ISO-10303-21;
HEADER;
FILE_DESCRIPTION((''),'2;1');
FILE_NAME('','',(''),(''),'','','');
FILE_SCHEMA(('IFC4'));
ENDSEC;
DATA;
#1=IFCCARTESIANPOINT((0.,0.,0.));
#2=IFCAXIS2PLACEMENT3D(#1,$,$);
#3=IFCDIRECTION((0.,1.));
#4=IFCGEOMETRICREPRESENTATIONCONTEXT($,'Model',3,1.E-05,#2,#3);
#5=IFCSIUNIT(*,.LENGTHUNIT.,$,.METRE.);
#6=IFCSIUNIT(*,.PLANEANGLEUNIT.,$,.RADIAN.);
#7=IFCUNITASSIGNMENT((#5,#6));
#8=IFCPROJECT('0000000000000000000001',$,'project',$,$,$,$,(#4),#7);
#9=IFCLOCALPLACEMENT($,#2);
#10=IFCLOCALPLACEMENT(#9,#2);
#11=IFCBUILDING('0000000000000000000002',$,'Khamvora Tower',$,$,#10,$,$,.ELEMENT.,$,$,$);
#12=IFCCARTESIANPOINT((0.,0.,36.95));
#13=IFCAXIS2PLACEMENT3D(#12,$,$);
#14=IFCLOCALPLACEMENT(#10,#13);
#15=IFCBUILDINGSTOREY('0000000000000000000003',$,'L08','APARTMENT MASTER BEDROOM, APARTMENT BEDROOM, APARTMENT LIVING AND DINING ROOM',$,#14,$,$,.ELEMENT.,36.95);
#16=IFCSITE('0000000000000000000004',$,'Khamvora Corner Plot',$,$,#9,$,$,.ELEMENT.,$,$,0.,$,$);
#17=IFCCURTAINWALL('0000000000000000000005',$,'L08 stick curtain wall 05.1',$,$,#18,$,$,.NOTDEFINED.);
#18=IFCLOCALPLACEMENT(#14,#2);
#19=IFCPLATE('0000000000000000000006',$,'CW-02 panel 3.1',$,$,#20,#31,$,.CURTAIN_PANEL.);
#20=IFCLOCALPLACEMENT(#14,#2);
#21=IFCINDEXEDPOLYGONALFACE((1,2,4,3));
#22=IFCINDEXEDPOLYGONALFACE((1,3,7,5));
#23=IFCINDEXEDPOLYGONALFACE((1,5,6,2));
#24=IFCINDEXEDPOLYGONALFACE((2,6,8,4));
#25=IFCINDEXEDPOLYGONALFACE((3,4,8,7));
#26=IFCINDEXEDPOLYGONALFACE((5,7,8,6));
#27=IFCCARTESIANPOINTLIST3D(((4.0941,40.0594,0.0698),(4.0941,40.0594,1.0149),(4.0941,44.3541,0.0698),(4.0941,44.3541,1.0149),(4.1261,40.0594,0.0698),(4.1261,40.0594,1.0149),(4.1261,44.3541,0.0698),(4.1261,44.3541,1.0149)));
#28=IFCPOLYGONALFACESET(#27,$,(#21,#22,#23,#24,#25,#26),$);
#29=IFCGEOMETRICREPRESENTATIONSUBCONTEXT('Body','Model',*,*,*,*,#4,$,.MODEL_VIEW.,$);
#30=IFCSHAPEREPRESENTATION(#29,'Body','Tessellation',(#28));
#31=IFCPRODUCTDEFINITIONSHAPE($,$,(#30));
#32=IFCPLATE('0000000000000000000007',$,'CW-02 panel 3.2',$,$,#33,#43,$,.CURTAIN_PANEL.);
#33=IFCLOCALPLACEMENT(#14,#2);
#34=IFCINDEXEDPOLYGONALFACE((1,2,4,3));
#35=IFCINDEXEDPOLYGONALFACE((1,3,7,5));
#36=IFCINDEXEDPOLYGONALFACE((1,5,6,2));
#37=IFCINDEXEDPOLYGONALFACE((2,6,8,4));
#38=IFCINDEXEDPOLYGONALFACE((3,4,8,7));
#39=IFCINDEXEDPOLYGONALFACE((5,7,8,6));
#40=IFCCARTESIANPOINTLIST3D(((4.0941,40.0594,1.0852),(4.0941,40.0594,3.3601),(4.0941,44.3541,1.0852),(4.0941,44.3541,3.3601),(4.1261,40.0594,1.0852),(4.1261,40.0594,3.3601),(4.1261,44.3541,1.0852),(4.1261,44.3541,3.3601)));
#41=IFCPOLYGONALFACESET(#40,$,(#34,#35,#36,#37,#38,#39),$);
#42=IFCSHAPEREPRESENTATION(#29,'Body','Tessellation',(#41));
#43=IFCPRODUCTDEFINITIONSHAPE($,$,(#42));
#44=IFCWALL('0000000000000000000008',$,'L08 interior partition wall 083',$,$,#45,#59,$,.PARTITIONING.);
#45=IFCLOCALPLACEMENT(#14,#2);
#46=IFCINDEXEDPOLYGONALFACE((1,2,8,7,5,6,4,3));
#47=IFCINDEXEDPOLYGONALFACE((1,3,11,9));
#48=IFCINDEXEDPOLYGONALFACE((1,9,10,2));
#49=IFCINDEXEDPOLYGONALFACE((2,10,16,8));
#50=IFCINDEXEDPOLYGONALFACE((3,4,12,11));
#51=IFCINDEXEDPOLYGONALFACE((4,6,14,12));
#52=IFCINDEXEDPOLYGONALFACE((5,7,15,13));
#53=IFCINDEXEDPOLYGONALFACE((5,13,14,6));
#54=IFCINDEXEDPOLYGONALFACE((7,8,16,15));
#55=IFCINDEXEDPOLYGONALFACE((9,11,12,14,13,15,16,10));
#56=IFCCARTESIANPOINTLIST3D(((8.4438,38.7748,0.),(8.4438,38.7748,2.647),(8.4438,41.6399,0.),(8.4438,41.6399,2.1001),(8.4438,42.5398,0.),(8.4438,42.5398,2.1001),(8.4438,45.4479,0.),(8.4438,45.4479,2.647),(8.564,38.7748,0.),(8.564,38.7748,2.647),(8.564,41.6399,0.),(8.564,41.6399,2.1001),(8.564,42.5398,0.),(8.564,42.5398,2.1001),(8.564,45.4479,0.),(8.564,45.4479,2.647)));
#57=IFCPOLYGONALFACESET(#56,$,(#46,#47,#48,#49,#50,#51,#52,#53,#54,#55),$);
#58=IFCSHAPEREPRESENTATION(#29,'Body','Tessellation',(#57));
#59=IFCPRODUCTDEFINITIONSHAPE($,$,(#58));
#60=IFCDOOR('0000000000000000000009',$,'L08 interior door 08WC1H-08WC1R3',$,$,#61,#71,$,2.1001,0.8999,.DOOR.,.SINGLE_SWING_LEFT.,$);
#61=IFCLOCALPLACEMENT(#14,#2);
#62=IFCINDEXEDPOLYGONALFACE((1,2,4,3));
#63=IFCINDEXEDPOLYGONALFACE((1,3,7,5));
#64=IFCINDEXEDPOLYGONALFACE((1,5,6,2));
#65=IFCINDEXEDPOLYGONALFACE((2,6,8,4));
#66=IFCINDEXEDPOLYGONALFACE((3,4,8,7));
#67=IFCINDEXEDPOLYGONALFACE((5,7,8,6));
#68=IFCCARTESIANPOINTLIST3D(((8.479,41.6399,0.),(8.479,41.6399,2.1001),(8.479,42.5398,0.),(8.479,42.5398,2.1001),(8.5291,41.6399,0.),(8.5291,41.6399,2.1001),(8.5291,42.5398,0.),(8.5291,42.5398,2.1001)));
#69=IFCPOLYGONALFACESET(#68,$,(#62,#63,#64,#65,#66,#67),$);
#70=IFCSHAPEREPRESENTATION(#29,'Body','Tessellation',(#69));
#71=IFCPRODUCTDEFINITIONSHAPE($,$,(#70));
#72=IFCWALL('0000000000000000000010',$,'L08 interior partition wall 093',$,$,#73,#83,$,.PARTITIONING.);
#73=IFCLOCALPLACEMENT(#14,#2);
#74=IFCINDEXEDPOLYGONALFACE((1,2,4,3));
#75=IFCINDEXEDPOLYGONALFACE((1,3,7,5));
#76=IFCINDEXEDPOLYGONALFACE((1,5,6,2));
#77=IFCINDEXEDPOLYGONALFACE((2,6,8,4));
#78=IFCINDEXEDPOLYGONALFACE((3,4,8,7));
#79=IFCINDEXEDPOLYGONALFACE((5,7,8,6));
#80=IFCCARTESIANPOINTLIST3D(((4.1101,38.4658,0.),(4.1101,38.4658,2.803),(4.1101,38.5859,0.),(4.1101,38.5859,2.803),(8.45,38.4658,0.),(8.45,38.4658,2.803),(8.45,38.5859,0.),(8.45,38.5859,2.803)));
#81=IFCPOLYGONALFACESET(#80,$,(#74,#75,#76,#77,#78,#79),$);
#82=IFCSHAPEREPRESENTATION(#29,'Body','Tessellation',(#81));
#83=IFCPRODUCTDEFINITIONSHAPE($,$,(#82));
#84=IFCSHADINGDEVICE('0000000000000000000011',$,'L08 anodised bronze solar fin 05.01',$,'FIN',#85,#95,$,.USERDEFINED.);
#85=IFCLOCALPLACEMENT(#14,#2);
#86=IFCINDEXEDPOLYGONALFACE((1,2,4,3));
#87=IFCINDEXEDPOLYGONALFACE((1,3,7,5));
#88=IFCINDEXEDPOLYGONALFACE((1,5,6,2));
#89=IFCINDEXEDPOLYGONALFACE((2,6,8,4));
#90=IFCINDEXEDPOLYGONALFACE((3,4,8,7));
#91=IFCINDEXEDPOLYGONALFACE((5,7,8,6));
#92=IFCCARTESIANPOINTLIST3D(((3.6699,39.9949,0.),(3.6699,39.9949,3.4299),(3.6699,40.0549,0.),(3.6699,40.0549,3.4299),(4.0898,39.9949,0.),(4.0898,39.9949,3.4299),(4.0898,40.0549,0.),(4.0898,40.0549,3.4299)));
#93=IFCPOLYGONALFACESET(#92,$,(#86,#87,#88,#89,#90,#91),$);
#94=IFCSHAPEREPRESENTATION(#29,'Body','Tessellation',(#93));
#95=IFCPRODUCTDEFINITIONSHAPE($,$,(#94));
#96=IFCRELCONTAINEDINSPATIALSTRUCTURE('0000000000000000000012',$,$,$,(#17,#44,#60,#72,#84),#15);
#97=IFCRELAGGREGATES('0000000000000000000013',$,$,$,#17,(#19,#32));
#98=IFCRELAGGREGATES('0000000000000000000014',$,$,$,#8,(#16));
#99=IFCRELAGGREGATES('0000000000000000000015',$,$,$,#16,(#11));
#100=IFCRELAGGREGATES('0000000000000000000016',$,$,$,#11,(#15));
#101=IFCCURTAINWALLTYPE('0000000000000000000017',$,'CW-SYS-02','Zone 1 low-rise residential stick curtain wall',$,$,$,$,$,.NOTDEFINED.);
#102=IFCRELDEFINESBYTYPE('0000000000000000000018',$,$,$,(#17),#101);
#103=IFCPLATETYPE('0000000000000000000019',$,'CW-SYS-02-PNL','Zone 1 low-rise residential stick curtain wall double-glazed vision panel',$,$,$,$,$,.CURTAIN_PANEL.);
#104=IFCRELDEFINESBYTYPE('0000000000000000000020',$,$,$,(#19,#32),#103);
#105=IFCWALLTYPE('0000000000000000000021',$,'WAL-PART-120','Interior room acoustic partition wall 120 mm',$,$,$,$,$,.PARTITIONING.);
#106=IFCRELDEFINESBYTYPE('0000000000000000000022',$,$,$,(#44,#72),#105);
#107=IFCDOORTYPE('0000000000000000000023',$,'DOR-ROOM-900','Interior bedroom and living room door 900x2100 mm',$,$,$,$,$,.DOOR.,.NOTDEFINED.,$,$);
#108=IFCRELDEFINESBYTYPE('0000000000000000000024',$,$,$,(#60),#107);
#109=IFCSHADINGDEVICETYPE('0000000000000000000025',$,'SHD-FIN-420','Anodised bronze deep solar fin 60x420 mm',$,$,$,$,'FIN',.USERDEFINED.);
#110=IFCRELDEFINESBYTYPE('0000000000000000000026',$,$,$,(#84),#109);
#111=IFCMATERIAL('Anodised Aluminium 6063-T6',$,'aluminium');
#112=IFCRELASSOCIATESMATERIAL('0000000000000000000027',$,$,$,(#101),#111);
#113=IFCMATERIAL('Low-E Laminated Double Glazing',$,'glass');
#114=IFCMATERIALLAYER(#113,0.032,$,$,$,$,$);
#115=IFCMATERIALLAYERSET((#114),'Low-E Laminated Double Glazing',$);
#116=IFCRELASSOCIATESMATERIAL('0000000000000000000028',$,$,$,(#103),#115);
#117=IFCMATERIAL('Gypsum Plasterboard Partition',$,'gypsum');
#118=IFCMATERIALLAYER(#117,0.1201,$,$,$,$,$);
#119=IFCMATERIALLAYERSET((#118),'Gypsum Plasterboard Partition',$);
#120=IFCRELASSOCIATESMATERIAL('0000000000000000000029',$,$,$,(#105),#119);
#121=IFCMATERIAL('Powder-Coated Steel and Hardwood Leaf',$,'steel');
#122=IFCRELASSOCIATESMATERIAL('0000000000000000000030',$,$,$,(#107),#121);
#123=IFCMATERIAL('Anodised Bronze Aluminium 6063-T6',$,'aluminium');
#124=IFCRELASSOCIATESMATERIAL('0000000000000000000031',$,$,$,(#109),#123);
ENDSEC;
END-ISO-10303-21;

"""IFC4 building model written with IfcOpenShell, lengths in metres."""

from ifc_helpers import new_model, si_unit, direction, frame, frame_2d, origin, origin_2d, place, context, subcontext, project, spatial, rectangle, extrude, material, layer, layer_set, type_object, element, fill, aggregate, save


model = new_model("IFC4")

# Units and contexts
model_context = context("Model", 3, precision=1e-05, world=origin(), true_north=direction((0.0, 1.0)))
body_context = subcontext(model_context, "Body", "Model", "MODEL_VIEW")
ifc_project = project(units=[si_unit("LENGTHUNIT", "METRE"), si_unit("PLANEANGLEUNIT", "RADIAN")], contexts=[model_context])

# Site, building, storey
site_placement = place(None, origin())
site = spatial("IfcSite", under=ifc_project, at=site_placement, Name="Khamvora Corner Plot", CompositionType="ELEMENT", RefElevation=0.0)
building_placement = place(site_placement, origin())
building = spatial("IfcBuilding", under=site, at=building_placement, Name="Khamvora Tower", CompositionType="ELEMENT")
storey_placement = place(building_placement, frame((0.0, 0.0, 36.95)))
storey = spatial("IfcBuildingStorey", under=building, at=storey_placement, Name="L08", Description="APARTMENT MASTER BEDROOM, APARTMENT BEDROOM, APARTMENT LIVING AND DINING ROOM", CompositionType="ELEMENT", Elevation=36.95)

# Curtain wall, plates
ifc_material_1 = material(Name="Anodised Aluminium 6063-T6", Category="aluminium")
curtain_wall_type = type_object("IfcCurtainWallType", Name="CW-SYS-02", Description="Zone 1 low-rise residential stick curtain wall", PredefinedType="NOTDEFINED", material=ifc_material_1)
curtain_wall_placement = place(storey_placement, origin())
curtain_wall = element("IfcCurtainWall", 1, at=curtain_wall_placement, inside=storey, type_object=curtain_wall_type, Name="L08 stick curtain wall 05.1", PredefinedType="NOTDEFINED")
ifc_material_2 = material(Name="Low-E Laminated Double Glazing", Category="glass")
ifc_layer_1 = layer(ifc_material_2, 0.032)
ifc_layer_set_1 = layer_set([ifc_layer_1], Name="Low-E Laminated Double Glazing")
plate_type = type_object("IfcPlateType", Name="CW-SYS-02-PNL", Description="Zone 1 low-rise residential stick curtain wall double-glazed vision panel", PredefinedType="CURTAIN_PANEL", material=ifc_layer_set_1)
plate_1_placement = place(storey_placement, frame((4.1101, 42.2068, 0.0698), z_axis=(0.0, 0.0, 1.0), x_axis=(0.0, 1.0, 0.0)))
plate_1 = element("IfcPlate", 2, at=plate_1_placement, type_object=plate_type, Name="CW-02 panel 3.1", PredefinedType="CURTAIN_PANEL", context=body_context, shape_type="SweptSolid", body=[
    extrude(rectangle(XDim=4.2947, YDim=0.032, at=origin_2d()), origin(), (0.0, 0.0, 1.0), 0.9451),
])
plate_2_placement = place(storey_placement, frame((4.1101, 42.2068, 1.0852), z_axis=(0.0, 0.0, 1.0), x_axis=(0.0, 1.0, 0.0)))
plate_2 = element("IfcPlate", 3, at=plate_2_placement, type_object=plate_type, Name="CW-02 panel 3.2", PredefinedType="CURTAIN_PANEL", context=body_context, shape_type="SweptSolid", body=[
    extrude(rectangle(XDim=4.2947, YDim=0.032, at=origin_2d()), origin(), (0.0, 0.0, 1.0), 2.2749),
])
aggregate(curtain_wall, [plate_1, plate_2])

# Wall, opening, door
ifc_material_3 = material(Name="Gypsum Plasterboard Partition", Category="gypsum")
ifc_layer_2 = layer(ifc_material_3, 0.1201)
ifc_layer_set_2 = layer_set([ifc_layer_2], Name="Gypsum Plasterboard Partition")
wall_type = type_object("IfcWallType", Name="WAL-PART-120", Description="Interior room acoustic partition wall 120 mm", PredefinedType="PARTITIONING", material=ifc_layer_set_2)
wall_1_placement = place(storey_placement, frame((8.5039, 38.7749, 0.0), z_axis=(0.0, 0.0, 1.0), x_axis=(0.0, 1.0, 0.0)))
wall_1 = element("IfcWall", 4, at=wall_1_placement, inside=storey, type_object=wall_type, Name="L08 interior partition wall 083", PredefinedType="PARTITIONING", context=body_context, shape_type="SweptSolid", body=[
    extrude(rectangle(XDim=6.6731, YDim=0.1201, at=frame_2d((3.3364, 0.0))), origin(), (0.0, 0.0, 1.0), 2.647),
])
opening_placement = place(wall_1_placement, frame((2.865, 0.0, 0.0)))
opening = element("IfcOpeningElement", 5, at=opening_placement, cuts=wall_1, PredefinedType="OPENING", context=body_context, shape_type="SweptSolid", body=[
    extrude(rectangle(XDim=0.8999, YDim=2.1001, at=frame_2d((0.45, 1.05))), frame((0.0, 0.0701, 0.0), z_axis=(0.0, -1.0, 0.0), x_axis=(1.0, 0.0, 0.0)), (0.0, 0.0, 1.0), 0.1401),
])
ifc_material_4 = material(Name="Powder-Coated Steel and Hardwood Leaf", Category="steel")
door_type = type_object("IfcDoorType", Name="DOR-ROOM-900", Description="Interior bedroom and living room door 900x2100 mm", OperationType="NOTDEFINED", PredefinedType="DOOR", material=ifc_material_4)
door_placement = place(opening_placement, origin())
door = element("IfcDoor", 6, at=door_placement, inside=storey, type_object=door_type, Name="L08 interior door 08WC1H-08WC1R3", OperationType="SINGLE_SWING_LEFT", OverallHeight=2.1001, OverallWidth=0.8999, PredefinedType="DOOR", context=body_context, shape_type="SweptSolid", body=[
    extrude(rectangle(XDim=0.8999, YDim=2.1001, at=frame_2d((0.45, 1.05))), frame((0.0, 0.0249, 0.0), z_axis=(0.0, -1.0, 0.0), x_axis=(1.0, 0.0, 0.0)), (0.0, 0.0, 1.0), 0.05),
])
fill(opening, door)

# Wall
wall_2_placement = place(storey_placement, frame((4.1101, 38.5259, 0.0), z_axis=(0.0, 0.0, 1.0), x_axis=(1.0, 0.0, 0.0)))
element("IfcWall", 7, at=wall_2_placement, inside=storey, type_object=wall_type, Name="L08 interior partition wall 093", PredefinedType="PARTITIONING", context=body_context, shape_type="SweptSolid", body=[
    extrude(rectangle(XDim=4.3398, YDim=0.1201, at=frame_2d((2.1699, 0.0))), origin(), (0.0, 0.0, 1.0), 2.803),
])

# Shading device
ifc_material_5 = material(Name="Anodised Bronze Aluminium 6063-T6", Category="aluminium")
shading_device_type = type_object("IfcShadingDeviceType", Name="SHD-FIN-420", Description="Anodised bronze deep solar fin 60x420 mm", ElementType="FIN", PredefinedType="USERDEFINED", material=ifc_material_5)
shading_device_placement = place(storey_placement, frame((3.8799, 40.0249, 0.0), z_axis=(0.0, 0.0, 1.0), x_axis=(0.0, 1.0, 0.0)))
element("IfcShadingDevice", 8, at=shading_device_placement, inside=storey, type_object=shading_device_type, Name="L08 anodised bronze solar fin 05.01", ObjectType="FIN", PredefinedType="USERDEFINED", context=body_context, shape_type="SweptSolid", body=[
    extrude(rectangle(XDim=0.0601, YDim=0.4199, at=origin_2d()), origin(), (0.0, 0.0, 1.0), 3.4299),
])

save(model, "model.ifc")
